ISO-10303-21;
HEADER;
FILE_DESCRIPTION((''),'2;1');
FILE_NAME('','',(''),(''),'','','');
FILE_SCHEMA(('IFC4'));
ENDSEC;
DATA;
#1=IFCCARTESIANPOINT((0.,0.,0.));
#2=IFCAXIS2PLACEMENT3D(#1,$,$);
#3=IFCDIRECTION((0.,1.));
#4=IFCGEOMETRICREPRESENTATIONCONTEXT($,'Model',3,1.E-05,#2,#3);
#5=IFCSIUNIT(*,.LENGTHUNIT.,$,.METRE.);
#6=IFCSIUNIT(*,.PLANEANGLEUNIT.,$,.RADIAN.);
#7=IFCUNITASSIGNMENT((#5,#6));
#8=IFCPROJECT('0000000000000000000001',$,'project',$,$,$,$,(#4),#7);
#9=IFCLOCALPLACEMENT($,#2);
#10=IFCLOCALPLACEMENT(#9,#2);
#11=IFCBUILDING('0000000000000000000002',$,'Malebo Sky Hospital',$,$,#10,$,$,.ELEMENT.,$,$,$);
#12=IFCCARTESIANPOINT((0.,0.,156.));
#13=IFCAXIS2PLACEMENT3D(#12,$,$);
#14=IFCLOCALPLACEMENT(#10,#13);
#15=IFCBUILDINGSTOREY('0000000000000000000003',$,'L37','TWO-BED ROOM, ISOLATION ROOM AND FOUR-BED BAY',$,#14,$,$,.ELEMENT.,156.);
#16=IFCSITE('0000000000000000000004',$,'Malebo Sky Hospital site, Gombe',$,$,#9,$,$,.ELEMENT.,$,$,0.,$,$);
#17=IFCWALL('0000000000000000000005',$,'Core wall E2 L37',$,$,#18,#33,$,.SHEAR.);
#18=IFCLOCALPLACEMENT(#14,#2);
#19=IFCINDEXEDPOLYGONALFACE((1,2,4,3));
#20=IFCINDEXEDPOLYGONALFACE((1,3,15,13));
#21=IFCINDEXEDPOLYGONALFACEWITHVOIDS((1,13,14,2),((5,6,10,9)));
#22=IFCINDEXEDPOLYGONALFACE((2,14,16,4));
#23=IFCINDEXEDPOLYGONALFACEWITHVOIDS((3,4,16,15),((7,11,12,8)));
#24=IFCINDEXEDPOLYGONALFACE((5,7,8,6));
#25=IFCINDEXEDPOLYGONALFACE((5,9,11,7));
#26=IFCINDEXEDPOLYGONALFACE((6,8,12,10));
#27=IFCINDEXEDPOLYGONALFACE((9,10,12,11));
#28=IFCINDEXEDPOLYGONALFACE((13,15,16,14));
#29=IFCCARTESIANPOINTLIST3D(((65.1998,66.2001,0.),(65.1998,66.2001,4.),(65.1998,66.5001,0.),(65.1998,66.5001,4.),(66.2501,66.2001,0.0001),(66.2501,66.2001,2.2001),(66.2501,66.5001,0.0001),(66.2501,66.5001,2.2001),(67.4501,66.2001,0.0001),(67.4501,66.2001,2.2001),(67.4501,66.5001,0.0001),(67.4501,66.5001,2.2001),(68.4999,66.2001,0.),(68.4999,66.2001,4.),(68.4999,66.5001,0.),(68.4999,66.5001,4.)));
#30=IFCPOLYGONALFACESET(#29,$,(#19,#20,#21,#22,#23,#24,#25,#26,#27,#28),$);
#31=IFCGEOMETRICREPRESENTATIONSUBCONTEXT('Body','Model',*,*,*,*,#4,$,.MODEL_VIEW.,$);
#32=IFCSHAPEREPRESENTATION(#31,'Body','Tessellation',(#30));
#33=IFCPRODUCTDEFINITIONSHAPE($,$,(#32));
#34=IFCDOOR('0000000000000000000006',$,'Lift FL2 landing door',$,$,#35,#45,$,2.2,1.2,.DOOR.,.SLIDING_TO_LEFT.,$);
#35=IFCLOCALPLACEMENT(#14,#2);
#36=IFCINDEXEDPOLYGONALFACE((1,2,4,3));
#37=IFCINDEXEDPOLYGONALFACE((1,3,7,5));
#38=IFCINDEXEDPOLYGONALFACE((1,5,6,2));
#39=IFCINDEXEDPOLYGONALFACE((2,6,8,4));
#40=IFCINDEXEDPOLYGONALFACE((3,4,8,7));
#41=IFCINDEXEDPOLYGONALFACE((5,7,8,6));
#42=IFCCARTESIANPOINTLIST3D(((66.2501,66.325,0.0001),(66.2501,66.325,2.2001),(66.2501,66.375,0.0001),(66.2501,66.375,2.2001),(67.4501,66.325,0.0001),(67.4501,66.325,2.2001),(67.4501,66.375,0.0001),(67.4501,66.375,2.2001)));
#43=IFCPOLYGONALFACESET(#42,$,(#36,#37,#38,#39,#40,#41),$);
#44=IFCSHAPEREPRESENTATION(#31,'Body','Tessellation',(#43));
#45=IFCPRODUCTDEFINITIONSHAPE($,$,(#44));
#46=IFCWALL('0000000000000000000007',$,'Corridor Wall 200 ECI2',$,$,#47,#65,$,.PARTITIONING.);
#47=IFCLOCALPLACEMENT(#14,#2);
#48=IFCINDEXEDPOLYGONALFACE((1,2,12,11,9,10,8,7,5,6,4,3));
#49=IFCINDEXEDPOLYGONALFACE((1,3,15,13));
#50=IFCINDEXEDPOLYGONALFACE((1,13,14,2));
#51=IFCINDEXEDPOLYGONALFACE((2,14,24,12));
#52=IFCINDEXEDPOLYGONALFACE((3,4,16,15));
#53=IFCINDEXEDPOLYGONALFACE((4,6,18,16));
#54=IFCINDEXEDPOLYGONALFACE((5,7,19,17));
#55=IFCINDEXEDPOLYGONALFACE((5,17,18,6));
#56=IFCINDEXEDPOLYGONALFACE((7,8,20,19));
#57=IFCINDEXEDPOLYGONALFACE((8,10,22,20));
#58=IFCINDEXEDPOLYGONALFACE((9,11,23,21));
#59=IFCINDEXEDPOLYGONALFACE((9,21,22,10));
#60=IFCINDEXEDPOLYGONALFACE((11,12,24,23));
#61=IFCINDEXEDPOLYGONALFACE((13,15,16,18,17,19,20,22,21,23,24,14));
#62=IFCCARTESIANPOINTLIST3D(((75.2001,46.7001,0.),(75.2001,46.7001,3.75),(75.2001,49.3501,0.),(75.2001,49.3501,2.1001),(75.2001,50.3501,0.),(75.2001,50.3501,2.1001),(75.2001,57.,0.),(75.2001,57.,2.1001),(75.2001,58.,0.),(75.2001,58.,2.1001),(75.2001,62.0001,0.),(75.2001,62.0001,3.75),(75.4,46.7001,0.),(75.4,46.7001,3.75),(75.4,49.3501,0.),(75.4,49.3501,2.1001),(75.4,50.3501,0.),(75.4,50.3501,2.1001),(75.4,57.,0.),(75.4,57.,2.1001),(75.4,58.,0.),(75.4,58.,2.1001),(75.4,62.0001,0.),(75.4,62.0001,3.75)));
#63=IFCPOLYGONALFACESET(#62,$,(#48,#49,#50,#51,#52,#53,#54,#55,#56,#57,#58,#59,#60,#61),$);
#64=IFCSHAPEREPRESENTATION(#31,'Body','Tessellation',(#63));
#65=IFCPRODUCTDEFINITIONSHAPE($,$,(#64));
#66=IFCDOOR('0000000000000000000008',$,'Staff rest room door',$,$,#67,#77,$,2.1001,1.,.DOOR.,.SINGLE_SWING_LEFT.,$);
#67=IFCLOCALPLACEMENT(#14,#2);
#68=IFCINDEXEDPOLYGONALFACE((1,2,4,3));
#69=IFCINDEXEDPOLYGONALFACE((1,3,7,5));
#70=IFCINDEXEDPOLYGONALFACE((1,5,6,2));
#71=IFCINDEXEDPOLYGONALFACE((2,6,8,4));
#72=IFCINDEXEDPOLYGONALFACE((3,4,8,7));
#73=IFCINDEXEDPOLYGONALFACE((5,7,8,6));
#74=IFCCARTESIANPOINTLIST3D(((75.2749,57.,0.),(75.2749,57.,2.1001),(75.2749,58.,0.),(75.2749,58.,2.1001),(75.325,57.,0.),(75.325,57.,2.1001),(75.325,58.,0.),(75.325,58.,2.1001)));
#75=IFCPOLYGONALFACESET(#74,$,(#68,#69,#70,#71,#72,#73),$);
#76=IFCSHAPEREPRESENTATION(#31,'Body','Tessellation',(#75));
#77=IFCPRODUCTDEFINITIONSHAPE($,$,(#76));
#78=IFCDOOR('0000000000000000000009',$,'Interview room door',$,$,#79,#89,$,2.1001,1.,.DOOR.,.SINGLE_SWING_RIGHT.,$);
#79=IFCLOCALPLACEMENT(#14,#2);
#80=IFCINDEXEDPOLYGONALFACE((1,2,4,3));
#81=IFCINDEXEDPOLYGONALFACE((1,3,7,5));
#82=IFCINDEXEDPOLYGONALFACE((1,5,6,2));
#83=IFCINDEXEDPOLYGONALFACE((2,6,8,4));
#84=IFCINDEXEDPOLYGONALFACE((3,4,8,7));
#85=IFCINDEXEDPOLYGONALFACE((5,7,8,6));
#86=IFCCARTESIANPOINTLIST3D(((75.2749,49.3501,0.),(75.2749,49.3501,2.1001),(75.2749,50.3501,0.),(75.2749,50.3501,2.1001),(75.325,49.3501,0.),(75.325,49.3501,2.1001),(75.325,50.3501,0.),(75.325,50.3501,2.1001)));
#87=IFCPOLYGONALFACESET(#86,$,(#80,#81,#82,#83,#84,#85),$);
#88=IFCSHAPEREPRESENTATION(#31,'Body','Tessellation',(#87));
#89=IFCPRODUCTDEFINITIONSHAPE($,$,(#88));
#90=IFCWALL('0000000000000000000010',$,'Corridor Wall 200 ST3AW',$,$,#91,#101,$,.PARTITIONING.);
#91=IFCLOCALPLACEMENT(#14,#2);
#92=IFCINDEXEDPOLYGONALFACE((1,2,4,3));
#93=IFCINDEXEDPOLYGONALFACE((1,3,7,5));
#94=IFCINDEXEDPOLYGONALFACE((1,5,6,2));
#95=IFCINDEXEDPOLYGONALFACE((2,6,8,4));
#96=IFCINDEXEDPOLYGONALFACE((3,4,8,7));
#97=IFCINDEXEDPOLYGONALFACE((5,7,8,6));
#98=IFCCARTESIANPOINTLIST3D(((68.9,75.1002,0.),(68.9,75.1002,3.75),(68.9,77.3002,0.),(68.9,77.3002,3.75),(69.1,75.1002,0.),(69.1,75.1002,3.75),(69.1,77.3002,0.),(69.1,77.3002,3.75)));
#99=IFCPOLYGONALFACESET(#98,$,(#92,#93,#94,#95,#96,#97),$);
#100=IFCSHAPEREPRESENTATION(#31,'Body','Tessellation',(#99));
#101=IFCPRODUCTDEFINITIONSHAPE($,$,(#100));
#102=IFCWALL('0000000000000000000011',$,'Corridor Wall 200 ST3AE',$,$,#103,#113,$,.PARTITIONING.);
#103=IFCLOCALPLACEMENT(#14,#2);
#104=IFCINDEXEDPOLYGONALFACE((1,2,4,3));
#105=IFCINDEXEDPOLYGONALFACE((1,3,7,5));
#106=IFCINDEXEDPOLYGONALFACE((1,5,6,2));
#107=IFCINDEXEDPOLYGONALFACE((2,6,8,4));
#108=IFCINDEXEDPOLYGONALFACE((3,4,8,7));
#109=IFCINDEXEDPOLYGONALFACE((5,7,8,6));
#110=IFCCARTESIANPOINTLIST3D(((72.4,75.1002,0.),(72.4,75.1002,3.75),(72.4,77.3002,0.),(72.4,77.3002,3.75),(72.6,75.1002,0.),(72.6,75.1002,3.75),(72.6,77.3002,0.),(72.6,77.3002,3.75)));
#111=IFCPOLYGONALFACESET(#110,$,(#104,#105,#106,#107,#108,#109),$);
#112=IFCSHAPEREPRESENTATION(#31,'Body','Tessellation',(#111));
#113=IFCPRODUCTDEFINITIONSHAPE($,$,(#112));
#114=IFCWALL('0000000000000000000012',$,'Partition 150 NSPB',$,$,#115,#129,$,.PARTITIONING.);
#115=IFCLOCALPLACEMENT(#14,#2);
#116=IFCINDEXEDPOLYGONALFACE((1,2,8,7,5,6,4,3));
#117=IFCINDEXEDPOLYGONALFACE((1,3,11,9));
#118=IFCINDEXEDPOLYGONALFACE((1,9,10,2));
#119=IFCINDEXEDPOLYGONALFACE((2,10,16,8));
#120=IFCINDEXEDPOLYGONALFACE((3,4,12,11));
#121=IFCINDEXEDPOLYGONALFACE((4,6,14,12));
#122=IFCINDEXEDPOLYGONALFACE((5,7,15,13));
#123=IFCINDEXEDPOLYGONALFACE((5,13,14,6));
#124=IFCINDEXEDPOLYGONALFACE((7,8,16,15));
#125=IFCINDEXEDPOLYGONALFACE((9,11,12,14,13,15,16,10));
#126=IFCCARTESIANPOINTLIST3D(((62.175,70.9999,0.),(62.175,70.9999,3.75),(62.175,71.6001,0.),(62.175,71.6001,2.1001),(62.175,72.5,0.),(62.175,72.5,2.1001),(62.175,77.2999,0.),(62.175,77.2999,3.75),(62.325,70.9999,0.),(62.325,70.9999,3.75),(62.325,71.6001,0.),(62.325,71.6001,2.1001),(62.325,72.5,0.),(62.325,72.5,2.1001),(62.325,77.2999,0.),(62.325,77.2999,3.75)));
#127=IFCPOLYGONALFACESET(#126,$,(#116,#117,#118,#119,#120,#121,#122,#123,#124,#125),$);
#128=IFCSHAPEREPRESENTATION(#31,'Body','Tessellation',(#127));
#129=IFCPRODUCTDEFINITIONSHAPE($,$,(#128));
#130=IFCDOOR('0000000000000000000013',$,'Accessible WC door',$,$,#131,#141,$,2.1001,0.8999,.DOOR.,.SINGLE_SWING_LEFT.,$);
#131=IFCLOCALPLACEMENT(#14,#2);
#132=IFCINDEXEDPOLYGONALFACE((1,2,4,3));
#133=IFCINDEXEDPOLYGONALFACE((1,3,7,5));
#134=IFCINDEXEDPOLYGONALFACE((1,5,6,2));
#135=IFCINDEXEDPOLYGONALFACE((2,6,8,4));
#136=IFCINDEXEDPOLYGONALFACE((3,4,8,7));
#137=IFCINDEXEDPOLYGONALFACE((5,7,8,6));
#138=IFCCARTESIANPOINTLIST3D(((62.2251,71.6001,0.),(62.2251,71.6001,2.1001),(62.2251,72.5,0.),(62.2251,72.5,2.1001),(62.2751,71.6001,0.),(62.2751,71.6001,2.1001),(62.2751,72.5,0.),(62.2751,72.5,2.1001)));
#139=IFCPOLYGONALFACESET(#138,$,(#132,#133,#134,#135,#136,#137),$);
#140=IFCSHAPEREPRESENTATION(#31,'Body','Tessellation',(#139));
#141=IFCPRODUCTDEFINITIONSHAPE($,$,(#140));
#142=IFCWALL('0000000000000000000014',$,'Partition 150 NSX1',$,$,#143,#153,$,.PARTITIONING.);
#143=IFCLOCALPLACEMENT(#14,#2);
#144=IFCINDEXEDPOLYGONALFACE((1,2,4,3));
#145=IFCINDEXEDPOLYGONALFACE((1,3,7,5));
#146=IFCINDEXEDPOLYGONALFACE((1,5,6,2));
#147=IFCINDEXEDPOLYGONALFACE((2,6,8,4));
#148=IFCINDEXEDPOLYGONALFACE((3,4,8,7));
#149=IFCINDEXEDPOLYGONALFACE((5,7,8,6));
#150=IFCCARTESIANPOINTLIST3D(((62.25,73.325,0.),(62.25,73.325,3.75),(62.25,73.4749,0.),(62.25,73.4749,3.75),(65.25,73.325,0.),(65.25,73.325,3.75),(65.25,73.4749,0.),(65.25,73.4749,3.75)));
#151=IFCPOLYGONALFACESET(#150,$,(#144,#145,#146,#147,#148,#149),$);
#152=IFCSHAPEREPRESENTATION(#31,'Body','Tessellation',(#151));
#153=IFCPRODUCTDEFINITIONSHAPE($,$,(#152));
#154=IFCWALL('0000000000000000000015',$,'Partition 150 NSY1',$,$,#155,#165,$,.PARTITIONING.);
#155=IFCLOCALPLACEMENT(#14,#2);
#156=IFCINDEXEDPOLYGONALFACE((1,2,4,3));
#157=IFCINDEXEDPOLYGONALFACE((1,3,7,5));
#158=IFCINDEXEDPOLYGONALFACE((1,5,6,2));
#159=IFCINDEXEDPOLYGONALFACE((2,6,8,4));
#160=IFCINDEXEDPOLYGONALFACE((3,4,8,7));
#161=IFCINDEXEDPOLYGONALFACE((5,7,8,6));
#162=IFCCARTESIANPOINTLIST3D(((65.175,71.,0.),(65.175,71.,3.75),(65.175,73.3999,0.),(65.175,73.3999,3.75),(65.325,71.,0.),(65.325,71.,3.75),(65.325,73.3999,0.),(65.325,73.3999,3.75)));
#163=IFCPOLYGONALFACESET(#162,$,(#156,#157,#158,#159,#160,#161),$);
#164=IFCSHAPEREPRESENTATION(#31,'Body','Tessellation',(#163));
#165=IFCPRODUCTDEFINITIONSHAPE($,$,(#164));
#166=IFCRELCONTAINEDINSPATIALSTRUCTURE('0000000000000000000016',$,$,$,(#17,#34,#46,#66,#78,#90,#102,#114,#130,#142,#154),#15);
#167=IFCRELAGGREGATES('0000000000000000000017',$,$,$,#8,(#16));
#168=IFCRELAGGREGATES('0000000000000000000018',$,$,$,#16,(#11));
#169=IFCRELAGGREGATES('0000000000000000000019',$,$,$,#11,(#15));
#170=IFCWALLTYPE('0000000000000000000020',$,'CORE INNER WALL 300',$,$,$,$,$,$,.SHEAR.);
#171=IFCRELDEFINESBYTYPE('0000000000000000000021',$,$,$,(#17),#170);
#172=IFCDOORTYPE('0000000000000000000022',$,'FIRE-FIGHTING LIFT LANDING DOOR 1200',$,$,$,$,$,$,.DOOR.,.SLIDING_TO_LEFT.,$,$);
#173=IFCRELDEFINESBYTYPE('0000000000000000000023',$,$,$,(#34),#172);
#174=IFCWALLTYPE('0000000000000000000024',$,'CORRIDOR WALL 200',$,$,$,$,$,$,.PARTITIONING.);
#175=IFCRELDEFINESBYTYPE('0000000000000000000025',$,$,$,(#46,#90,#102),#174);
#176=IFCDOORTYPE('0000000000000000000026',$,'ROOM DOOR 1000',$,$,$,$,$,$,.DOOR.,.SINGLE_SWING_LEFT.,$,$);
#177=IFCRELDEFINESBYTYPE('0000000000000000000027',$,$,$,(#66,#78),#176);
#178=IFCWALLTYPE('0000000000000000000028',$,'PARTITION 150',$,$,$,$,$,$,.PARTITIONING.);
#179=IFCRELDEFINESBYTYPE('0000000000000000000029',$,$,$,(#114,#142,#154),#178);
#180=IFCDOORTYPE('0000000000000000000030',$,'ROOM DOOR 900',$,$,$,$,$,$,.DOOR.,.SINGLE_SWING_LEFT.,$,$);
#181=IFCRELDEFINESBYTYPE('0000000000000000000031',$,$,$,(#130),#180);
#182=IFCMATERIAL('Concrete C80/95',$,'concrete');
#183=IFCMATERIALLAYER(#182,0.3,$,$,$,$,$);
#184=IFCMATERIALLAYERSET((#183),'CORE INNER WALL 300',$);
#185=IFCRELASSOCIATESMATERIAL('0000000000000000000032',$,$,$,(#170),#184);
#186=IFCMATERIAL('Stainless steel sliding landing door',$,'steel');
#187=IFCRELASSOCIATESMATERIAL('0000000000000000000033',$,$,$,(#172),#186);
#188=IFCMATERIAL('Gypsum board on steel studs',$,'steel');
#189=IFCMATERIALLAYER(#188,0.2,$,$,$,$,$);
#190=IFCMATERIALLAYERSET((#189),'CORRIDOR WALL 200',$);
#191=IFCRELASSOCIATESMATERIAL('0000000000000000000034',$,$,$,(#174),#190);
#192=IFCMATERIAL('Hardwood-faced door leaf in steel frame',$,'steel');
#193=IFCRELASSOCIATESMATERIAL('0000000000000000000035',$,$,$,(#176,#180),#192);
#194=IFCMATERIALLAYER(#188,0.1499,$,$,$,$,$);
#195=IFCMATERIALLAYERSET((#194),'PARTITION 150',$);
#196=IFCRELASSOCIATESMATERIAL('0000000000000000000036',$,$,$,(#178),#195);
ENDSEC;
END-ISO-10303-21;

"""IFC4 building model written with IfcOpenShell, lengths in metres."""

from ifc_helpers import new_model, si_unit, direction, frame, frame_2d, origin, place, context, subcontext, project, spatial, rectangle, extrude, material, layer, layer_set, type_object, element, fill, save


model = new_model("IFC4")

# Units and contexts
model_context = context("Model", 3, precision=1e-05, world=origin(), true_north=direction((0.0, 1.0)))
body_context = subcontext(model_context, "Body", "Model", "MODEL_VIEW")
ifc_project = project(units=[si_unit("LENGTHUNIT", "METRE"), si_unit("PLANEANGLEUNIT", "RADIAN")], contexts=[model_context])

# Site, building, storey
site_placement = place(None, origin())
site = spatial("IfcSite", under=ifc_project, at=site_placement, Name="Malebo Sky Hospital site, Gombe", CompositionType="ELEMENT", RefElevation=0.0)
building_placement = place(site_placement, origin())
building = spatial("IfcBuilding", under=site, at=building_placement, Name="Malebo Sky Hospital", CompositionType="ELEMENT")
storey_placement = place(building_placement, frame((0.0, 0.0, 156.0)))
storey = spatial("IfcBuildingStorey", under=building, at=storey_placement, Name="L37", Description="TWO-BED ROOM, ISOLATION ROOM AND FOUR-BED BAY", CompositionType="ELEMENT", Elevation=156.0)

# Shared definitions
ifc_material_1 = material(Name="Concrete C80/95", Category="concrete")

# Wall, opening, door
ifc_layer_1 = layer(ifc_material_1, 0.3)
ifc_layer_set_1 = layer_set([ifc_layer_1], Name="CORE INNER WALL 300")
wall_type_1 = type_object("IfcWallType", Name="CORE INNER WALL 300", PredefinedType="SHEAR", material=ifc_layer_set_1)
wall_1_placement = place(storey_placement, frame((65.2, 66.3501, 0.0), z_axis=(0.0, 0.0, 1.0), x_axis=(1.0, 0.0, 0.0)))
wall_1 = element("IfcWall", 1, at=wall_1_placement, inside=storey, type_object=wall_type_1, Name="Core wall E2 L37", PredefinedType="SHEAR", context=body_context, shape_type="SweptSolid", body=[
    extrude(rectangle(XDim=3.3, YDim=0.3, at=frame_2d((1.6499, 0.0))), origin(), (0.0, 0.0, 1.0), 4.0),
])
opening_1_placement = place(wall_1_placement, frame((1.05, 0.0, 0.0)))
opening_1 = element("IfcOpeningElement", 2, at=opening_1_placement, cuts=wall_1, PredefinedType="OPENING", context=body_context, shape_type="SweptSolid", body=[
    extrude(rectangle(XDim=1.2, YDim=2.2, at=frame_2d((0.6001, 1.1001))), frame((0.0, 0.1599, 0.0), z_axis=(0.0, -1.0, 0.0), x_axis=(1.0, 0.0, 0.0)), (0.0, 0.0, 1.0), 0.3201),
])
ifc_material_2 = material(Name="Stainless steel sliding landing door", Category="steel")
door_type_1 = type_object("IfcDoorType", Name="FIRE-FIGHTING LIFT LANDING DOOR 1200", OperationType="SLIDING_TO_LEFT", PredefinedType="DOOR", material=ifc_material_2)
door_1_placement = place(opening_1_placement, origin())
door_1 = element("IfcDoor", 3, at=door_1_placement, inside=storey, type_object=door_type_1, Name="Lift FL2 landing door", OperationType="SLIDING_TO_LEFT", OverallHeight=2.2, OverallWidth=1.2, PredefinedType="DOOR", context=body_context, shape_type="SweptSolid", body=[
    extrude(rectangle(XDim=1.2, YDim=2.2, at=frame_2d((0.6001, 1.1001))), frame((0.0, 0.0249, 0.0), z_axis=(0.0, -1.0, 0.0), x_axis=(1.0, 0.0, 0.0)), (0.0, 0.0, 1.0), 0.05),
])
fill(opening_1, door_1)

# Wall, openings, doors
ifc_material_3 = material(Name="Gypsum board on steel studs", Category="steel")
ifc_layer_2 = layer(ifc_material_3, 0.2)
ifc_layer_set_2 = layer_set([ifc_layer_2], Name="CORRIDOR WALL 200")
wall_type_2 = type_object("IfcWallType", Name="CORRIDOR WALL 200", PredefinedType="PARTITIONING", material=ifc_layer_set_2)
wall_2_placement = place(storey_placement, frame((75.3, 62.0, 0.0), z_axis=(0.0, 0.0, 1.0), x_axis=(0.0, -1.0, 0.0)))
wall_2 = element("IfcWall", 4, at=wall_2_placement, inside=storey, type_object=wall_type_2, Name="Corridor Wall 200 ECI2", PredefinedType="PARTITIONING", context=body_context, shape_type="SweptSolid", body=[
    extrude(rectangle(XDim=15.3, YDim=0.2, at=frame_2d((7.6499, 0.0))), origin(), (0.0, 0.0, 1.0), 3.75),
])
opening_2_placement = place(wall_2_placement, frame((4.0, 0.0, 0.0)))
opening_2 = element("IfcOpeningElement", 5, at=opening_2_placement, cuts=wall_2, PredefinedType="OPENING", context=body_context, shape_type="SweptSolid", body=[
    extrude(rectangle(XDim=1.0, YDim=2.1001, at=frame_2d((0.5, 1.05))), frame((0.0, 0.1099, 0.0), z_axis=(0.0, -1.0, 0.0), x_axis=(1.0, 0.0, 0.0)), (0.0, 0.0, 1.0), 0.22),
])
opening_3_placement = place(wall_2_placement, frame((11.6499, 0.0, 0.0)))
opening_3 = element("IfcOpeningElement", 6, at=opening_3_placement, cuts=wall_2, PredefinedType="OPENING", context=body_context, shape_type="SweptSolid", body=[
    extrude(rectangle(XDim=1.0, YDim=2.1001, at=frame_2d((0.5, 1.05))), frame((0.0, 0.1099, 0.0), z_axis=(0.0, -1.0, 0.0), x_axis=(1.0, 0.0, 0.0)), (0.0, 0.0, 1.0), 0.22),
])
ifc_material_4 = material(Name="Hardwood-faced door leaf in steel frame", Category="steel")
door_type_2 = type_object("IfcDoorType", Name="ROOM DOOR 1000", OperationType="SINGLE_SWING_LEFT", PredefinedType="DOOR", material=ifc_material_4)
door_2_placement = place(opening_2_placement, origin())
door_2 = element("IfcDoor", 7, at=door_2_placement, inside=storey, type_object=door_type_2, Name="Staff rest room door", OperationType="SINGLE_SWING_LEFT", OverallHeight=2.1001, OverallWidth=1.0, PredefinedType="DOOR", context=body_context, shape_type="SweptSolid", body=[
    extrude(rectangle(XDim=1.0, YDim=2.1001, at=frame_2d((0.5, 1.05))), frame((0.0, 0.0249, 0.0), z_axis=(0.0, -1.0, 0.0), x_axis=(1.0, 0.0, 0.0)), (0.0, 0.0, 1.0), 0.05),
])
fill(opening_2, door_2)
door_3_placement = place(opening_3_placement, origin())
door_3 = element("IfcDoor", 8, at=door_3_placement, inside=storey, type_object=door_type_2, Name="Interview room door", OperationType="SINGLE_SWING_RIGHT", OverallHeight=2.1001, OverallWidth=1.0, PredefinedType="DOOR", context=body_context, shape_type="SweptSolid", body=[
    extrude(rectangle(XDim=1.0, YDim=2.1001, at=frame_2d((0.5, 1.05))), frame((0.0, 0.0249, 0.0), z_axis=(0.0, -1.0, 0.0), x_axis=(1.0, 0.0, 0.0)), (0.0, 0.0, 1.0), 0.05),
])
fill(opening_3, door_3)

# Walls
for number, where, z_axis, x_axis, name in (
    (9, (69.0, 75.1001, 0.0), (0.0, 0.0, 1.0), (0.0, 1.0, 0.0), "Corridor Wall 200 ST3AW"),
    (10, (72.5, 75.1001, 0.0), (0.0, 0.0, 1.0), (0.0, 1.0, 0.0), "Corridor Wall 200 ST3AE"),
):
    element("IfcWall", number, at=place(storey_placement, frame(where, z_axis=z_axis, x_axis=x_axis)), inside=storey, type_object=wall_type_2, Name=name, PredefinedType="PARTITIONING", context=body_context, shape_type="SweptSolid", body=[
        extrude(rectangle(XDim=2.2, YDim=0.2, at=frame_2d((1.1001, 0.0))), origin(), (0.0, 0.0, 1.0), 3.75),
    ])

# Wall, opening, door
ifc_layer_3 = layer(ifc_material_3, 0.1499)
ifc_layer_set_3 = layer_set([ifc_layer_3], Name="PARTITION 150")
wall_type_3 = type_object("IfcWallType", Name="PARTITION 150", PredefinedType="PARTITIONING", material=ifc_layer_set_3)
wall_3_placement = place(storey_placement, frame((62.25, 71.0, 0.0), z_axis=(0.0, 0.0, 1.0), x_axis=(0.0, 1.0, 0.0)))
wall_3 = element("IfcWall", 11, at=wall_3_placement, inside=storey, type_object=wall_type_3, Name="Partition 150 NSPB", PredefinedType="PARTITIONING", context=body_context, shape_type="SweptSolid", body=[
    extrude(rectangle(XDim=6.3, YDim=0.1499, at=frame_2d((3.1499, 0.0))), origin(), (0.0, 0.0, 1.0), 3.75),
])
opening_4_placement = place(wall_3_placement, frame((0.6001, 0.0, 0.0)))
opening_4 = element("IfcOpeningElement", 12, at=opening_4_placement, cuts=wall_3, PredefinedType="OPENING", context=body_context, shape_type="SweptSolid", body=[
    extrude(rectangle(XDim=0.8999, YDim=2.1001, at=frame_2d((0.45, 1.05))), frame((0.0, 0.085, 0.0), z_axis=(0.0, -1.0, 0.0), x_axis=(1.0, 0.0, 0.0)), (0.0, 0.0, 1.0), 0.1699),
])
door_type_3 = type_object("IfcDoorType", Name="ROOM DOOR 900", OperationType="SINGLE_SWING_LEFT", PredefinedType="DOOR", material=ifc_material_4)
door_4_placement = place(opening_4_placement, origin())
door_4 = element("IfcDoor", 13, at=door_4_placement, inside=storey, type_object=door_type_3, Name="Accessible WC door", OperationType="SINGLE_SWING_LEFT", OverallHeight=2.1001, OverallWidth=0.8999, PredefinedType="DOOR", context=body_context, shape_type="SweptSolid", body=[
    extrude(rectangle(XDim=0.8999, YDim=2.1001, at=frame_2d((0.45, 1.05))), frame((0.0, 0.0249, 0.0), z_axis=(0.0, -1.0, 0.0), x_axis=(1.0, 0.0, 0.0)), (0.0, 0.0, 1.0), 0.05),
])
fill(opening_4, door_4)

# Walls
wall_4_placement = place(storey_placement, frame((62.25, 73.3999, 0.0), z_axis=(0.0, 0.0, 1.0), x_axis=(1.0, 0.0, 0.0)))
element("IfcWall", 14, at=wall_4_placement, inside=storey, type_object=wall_type_3, Name="Partition 150 NSX1", PredefinedType="PARTITIONING", context=body_context, shape_type="SweptSolid", body=[
    extrude(rectangle(XDim=3.0, YDim=0.1499, at=frame_2d((1.5, 0.0))), origin(), (0.0, 0.0, 1.0), 3.75),
])
wall_5_placement = place(storey_placement, frame((65.25, 71.0, 0.0), z_axis=(0.0, 0.0, 1.0), x_axis=(0.0, 1.0, 0.0)))
element("IfcWall", 15, at=wall_5_placement, inside=storey, type_object=wall_type_3, Name="Partition 150 NSY1", PredefinedType="PARTITIONING", context=body_context, shape_type="SweptSolid", body=[
    extrude(rectangle(XDim=2.3999, YDim=0.1499, at=frame_2d((1.2, 0.0))), origin(), (0.0, 0.0, 1.0), 3.75),
])

save(model, "model.ifc")
